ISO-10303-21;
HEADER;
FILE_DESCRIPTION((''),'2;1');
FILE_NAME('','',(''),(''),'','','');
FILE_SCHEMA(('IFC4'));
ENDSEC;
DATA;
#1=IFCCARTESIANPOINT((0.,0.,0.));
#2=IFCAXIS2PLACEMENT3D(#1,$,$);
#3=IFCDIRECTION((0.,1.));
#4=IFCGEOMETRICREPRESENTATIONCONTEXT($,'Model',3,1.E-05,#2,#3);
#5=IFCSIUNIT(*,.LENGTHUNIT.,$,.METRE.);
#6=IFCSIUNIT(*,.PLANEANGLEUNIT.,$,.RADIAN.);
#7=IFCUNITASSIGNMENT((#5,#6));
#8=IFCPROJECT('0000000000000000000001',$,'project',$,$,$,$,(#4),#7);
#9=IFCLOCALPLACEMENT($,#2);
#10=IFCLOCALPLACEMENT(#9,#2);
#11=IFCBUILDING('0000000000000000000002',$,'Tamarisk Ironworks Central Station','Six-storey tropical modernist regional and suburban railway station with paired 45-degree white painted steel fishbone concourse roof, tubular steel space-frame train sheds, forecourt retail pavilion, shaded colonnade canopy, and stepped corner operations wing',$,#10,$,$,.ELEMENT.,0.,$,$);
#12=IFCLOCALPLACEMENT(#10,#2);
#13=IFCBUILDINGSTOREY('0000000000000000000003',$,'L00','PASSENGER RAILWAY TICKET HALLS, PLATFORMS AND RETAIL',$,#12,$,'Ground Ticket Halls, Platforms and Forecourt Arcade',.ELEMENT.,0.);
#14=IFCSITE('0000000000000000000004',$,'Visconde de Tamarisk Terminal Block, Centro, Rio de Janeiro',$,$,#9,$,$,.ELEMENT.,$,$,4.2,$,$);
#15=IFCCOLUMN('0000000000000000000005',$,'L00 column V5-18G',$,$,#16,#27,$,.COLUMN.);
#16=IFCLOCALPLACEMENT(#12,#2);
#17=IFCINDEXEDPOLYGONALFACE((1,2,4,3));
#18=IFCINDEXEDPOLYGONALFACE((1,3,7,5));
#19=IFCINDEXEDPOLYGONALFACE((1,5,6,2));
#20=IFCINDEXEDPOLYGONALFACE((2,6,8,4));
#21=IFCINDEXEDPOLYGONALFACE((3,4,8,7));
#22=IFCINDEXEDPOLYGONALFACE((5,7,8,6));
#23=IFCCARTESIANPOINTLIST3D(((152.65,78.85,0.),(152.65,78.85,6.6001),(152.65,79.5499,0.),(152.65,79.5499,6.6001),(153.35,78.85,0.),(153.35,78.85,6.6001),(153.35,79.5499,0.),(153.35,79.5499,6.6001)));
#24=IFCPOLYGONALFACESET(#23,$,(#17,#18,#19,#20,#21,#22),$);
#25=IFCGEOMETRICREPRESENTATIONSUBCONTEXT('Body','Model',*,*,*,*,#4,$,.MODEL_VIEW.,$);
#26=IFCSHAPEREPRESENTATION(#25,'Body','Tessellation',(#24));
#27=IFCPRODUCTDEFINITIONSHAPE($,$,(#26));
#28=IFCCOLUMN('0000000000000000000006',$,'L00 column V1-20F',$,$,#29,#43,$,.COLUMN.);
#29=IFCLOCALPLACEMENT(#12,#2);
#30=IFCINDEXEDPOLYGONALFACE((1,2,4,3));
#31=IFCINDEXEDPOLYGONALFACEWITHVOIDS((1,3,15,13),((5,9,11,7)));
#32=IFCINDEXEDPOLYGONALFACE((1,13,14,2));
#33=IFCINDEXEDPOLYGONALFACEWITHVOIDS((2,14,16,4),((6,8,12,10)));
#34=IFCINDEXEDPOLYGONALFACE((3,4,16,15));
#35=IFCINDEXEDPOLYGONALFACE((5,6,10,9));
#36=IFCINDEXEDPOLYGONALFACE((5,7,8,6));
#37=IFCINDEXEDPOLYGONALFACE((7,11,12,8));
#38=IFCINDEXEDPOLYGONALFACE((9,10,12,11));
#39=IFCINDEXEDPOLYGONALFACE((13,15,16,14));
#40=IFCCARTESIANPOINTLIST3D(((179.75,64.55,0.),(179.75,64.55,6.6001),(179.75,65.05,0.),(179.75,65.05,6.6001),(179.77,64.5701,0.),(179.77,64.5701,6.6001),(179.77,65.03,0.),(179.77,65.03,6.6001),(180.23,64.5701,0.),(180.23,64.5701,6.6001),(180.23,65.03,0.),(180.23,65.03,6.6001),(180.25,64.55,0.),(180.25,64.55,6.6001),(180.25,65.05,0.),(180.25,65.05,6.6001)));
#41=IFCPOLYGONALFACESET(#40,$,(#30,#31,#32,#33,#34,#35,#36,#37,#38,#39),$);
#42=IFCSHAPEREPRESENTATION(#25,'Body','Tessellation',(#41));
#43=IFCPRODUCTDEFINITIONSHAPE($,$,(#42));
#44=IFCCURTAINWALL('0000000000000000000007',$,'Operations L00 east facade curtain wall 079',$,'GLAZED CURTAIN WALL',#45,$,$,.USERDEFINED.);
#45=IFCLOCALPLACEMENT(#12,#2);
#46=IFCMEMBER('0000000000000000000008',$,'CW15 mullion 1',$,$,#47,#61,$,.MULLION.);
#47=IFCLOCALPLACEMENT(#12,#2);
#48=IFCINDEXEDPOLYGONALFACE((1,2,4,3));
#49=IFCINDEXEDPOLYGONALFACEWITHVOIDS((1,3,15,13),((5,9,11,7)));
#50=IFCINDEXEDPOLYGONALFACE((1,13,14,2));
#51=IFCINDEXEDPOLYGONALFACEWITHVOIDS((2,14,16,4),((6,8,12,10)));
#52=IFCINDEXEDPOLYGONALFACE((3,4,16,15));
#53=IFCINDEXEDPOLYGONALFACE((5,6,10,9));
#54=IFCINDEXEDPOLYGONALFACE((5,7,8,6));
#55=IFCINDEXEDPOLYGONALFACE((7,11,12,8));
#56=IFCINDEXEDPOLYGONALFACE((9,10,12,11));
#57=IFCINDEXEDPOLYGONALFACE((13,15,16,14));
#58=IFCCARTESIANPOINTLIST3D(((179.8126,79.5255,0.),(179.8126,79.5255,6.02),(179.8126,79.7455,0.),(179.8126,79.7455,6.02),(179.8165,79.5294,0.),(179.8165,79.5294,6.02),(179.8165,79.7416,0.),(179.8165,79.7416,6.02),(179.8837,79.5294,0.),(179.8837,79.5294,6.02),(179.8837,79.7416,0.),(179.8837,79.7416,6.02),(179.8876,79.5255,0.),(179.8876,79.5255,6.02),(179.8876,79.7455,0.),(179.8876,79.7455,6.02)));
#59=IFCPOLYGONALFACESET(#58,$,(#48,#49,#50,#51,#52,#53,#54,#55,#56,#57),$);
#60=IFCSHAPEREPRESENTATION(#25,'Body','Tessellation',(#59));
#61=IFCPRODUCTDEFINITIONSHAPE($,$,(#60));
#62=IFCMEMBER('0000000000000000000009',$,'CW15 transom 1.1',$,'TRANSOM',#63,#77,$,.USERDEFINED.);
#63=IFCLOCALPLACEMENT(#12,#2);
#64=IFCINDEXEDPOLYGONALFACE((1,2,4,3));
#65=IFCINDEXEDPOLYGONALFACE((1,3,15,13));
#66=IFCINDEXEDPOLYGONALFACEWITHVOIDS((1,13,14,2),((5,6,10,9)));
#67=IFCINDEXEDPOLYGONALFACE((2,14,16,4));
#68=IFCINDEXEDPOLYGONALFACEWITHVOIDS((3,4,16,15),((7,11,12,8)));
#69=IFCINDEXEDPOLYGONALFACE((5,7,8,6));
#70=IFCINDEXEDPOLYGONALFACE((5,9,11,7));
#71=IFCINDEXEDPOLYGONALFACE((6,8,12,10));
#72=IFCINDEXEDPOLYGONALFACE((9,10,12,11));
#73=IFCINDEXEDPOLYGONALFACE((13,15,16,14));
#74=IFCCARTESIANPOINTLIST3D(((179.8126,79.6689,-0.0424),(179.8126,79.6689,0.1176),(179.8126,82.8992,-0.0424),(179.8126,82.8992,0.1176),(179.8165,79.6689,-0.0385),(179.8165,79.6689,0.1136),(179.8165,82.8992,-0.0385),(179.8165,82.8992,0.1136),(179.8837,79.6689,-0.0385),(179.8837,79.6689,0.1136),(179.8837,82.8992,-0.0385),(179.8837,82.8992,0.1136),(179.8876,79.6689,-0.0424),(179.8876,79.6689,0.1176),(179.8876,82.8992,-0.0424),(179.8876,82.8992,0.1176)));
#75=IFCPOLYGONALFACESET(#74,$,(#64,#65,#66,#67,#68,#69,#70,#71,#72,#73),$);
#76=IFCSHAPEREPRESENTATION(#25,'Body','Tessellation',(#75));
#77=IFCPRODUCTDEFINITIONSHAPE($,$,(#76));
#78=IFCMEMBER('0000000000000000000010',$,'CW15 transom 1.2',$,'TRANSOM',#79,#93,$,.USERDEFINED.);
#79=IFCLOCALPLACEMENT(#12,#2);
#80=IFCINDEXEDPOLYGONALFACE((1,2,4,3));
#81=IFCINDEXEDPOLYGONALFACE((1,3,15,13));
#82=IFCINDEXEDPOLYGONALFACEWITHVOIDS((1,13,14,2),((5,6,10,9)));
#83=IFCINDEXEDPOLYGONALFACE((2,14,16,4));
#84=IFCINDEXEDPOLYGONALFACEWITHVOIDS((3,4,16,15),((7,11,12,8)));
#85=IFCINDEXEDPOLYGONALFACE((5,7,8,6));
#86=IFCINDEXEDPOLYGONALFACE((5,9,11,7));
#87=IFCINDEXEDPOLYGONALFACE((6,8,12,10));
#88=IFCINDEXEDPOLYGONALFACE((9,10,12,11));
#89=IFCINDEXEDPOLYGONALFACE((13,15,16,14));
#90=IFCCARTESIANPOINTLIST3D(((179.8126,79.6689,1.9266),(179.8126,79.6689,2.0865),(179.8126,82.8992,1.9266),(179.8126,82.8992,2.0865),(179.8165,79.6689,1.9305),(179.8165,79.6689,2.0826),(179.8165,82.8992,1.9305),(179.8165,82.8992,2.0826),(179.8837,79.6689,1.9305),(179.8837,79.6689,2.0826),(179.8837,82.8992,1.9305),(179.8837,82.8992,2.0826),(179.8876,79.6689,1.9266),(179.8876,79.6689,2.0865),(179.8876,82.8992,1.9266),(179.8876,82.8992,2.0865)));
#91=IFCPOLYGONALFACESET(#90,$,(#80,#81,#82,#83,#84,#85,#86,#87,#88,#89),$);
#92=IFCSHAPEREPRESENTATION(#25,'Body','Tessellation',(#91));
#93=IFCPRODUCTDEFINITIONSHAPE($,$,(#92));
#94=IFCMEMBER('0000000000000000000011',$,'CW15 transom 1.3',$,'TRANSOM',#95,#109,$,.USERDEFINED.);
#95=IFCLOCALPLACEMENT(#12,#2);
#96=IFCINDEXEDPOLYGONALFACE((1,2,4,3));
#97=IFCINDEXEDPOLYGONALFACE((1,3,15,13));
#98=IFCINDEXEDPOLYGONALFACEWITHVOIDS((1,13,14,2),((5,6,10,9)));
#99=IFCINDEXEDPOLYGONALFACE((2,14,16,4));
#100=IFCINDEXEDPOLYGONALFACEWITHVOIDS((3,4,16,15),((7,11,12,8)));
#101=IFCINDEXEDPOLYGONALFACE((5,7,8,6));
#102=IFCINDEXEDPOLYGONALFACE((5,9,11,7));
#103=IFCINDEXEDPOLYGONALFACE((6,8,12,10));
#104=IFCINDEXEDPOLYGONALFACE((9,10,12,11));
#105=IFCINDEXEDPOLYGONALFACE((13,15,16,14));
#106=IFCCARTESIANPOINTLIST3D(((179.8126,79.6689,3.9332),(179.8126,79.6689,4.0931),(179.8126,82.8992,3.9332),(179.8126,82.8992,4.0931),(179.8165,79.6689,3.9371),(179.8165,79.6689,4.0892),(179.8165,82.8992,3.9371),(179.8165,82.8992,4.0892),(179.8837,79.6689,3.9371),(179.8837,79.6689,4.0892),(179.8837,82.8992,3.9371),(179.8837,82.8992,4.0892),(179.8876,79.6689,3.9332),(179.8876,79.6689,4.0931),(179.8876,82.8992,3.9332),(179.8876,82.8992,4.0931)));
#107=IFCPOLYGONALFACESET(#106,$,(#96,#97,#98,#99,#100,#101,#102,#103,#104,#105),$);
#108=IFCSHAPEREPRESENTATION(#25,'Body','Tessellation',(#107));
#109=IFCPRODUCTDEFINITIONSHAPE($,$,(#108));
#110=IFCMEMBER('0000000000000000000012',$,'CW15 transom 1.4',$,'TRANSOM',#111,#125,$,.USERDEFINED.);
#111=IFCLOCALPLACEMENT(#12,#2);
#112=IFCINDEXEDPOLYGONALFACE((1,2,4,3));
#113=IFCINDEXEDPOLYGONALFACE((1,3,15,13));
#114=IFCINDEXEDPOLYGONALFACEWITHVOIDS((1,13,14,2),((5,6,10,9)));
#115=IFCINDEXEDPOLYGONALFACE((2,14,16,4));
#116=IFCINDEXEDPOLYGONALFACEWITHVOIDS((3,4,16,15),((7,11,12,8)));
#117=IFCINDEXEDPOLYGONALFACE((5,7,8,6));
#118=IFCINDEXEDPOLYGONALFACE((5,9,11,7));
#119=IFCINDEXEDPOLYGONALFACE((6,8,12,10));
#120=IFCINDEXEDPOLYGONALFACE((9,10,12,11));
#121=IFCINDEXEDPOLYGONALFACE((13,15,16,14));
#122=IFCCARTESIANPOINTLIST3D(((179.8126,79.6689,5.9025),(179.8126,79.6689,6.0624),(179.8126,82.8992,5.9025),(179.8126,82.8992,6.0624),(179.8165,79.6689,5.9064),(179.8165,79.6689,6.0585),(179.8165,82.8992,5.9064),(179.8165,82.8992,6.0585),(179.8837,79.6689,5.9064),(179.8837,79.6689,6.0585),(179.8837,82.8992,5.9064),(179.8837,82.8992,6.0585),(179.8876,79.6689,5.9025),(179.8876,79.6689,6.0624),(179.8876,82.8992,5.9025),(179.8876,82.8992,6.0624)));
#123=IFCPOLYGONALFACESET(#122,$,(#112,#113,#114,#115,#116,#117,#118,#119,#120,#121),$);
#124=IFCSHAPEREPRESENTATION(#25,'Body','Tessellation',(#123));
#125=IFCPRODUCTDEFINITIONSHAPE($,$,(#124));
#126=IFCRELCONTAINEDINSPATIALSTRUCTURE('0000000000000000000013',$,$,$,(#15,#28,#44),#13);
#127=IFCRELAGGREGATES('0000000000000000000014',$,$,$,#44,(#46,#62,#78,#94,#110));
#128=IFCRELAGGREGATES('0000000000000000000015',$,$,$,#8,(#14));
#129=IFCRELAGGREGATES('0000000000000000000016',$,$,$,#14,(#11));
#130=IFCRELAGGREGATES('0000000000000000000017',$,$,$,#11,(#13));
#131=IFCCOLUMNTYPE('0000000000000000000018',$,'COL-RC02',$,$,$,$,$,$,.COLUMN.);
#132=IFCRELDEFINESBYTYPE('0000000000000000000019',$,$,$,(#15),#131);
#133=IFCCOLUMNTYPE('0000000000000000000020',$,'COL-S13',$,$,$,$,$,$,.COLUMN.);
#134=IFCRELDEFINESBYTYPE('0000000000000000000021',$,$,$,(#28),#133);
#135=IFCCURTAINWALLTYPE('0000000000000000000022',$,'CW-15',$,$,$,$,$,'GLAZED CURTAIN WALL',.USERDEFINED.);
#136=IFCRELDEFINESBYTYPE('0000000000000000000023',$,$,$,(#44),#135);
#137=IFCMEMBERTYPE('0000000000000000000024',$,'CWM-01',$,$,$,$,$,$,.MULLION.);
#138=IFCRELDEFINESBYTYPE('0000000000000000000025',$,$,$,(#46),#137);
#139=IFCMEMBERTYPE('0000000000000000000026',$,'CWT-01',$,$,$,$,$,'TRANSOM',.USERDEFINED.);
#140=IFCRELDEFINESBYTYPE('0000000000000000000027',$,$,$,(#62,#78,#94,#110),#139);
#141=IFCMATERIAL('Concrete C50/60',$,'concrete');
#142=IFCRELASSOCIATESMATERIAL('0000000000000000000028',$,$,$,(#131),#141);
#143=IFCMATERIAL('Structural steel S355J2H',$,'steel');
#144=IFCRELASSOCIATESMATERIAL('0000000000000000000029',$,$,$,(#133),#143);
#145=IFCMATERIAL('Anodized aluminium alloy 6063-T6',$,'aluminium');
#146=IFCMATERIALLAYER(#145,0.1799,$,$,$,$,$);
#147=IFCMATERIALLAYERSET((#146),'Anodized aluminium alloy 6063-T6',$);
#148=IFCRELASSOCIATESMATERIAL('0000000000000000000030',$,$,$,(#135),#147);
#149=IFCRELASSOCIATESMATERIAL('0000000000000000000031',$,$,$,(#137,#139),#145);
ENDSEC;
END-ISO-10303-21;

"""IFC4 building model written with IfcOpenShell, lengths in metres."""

from ifc_helpers import new_model, si_unit, direction, frame, origin, origin_2d, place, context, subcontext, project, spatial, rectangle, hollow_rectangle, extrude, material, layer, layer_set, material_profile, profile_set, type_object, element, aggregate, save


model = new_model("IFC4")

# Units and contexts
model_context = context("Model", 3, precision=1e-05, world=origin(), true_north=direction((0.0, 1.0)))
body_context = subcontext(model_context, "Body", "Model", "MODEL_VIEW")
ifc_project = project(units=[si_unit("LENGTHUNIT", "METRE"), si_unit("PLANEANGLEUNIT", "RADIAN")], contexts=[model_context])

# Site, building, storey
site_placement = place(None, origin())
site = spatial("IfcSite", under=ifc_project, at=site_placement, Name="Visconde de Tamarisk Terminal Block, Centro, Rio de Janeiro", CompositionType="ELEMENT", RefElevation=4.2)
building_placement = place(site_placement, origin())
building = spatial("IfcBuilding", under=site, at=building_placement, Name="Tamarisk Ironworks Central Station", Description="Six-storey tropical modernist regional and suburban railway station with paired 45-degree white painted steel fishbone concourse roof, tubular steel space-frame train sheds, forecourt retail pavilion, shaded colonnade canopy, and stepped corner operations wing", CompositionType="ELEMENT", ElevationOfRefHeight=0.0)
storey_placement = place(building_placement, origin())
storey = spatial("IfcBuildingStorey", under=building, at=storey_placement, Name="L00", Description="PASSENGER RAILWAY TICKET HALLS, PLATFORMS AND RETAIL", LongName="Ground Ticket Halls, Platforms and Forecourt Arcade", CompositionType="ELEMENT", Elevation=0.0)

# Columns
ifc_material_1 = material(Name="Concrete C50/60", Category="concrete")
ifc_material_profile_1 = material_profile(ifc_material_1, rectangle(XDim=0.7, YDim=0.7, at=origin_2d()), Name="RC 700x700")
ifc_profile_set_1 = profile_set([ifc_material_profile_1], Name="Concrete C50/60")
column_type_1 = type_object("IfcColumnType", Name="COL-RC02", PredefinedType="COLUMN", material=ifc_profile_set_1)
column_1_placement = place(storey_placement, frame((153.0, 79.2, 0.0), z_axis=(0.0, 0.0, 1.0), x_axis=(1.0, 0.0, 0.0)))
element("IfcColumn", 1, at=column_1_placement, inside=storey, type_object=column_type_1, Name="L00 column V5-18G", PredefinedType="COLUMN", context=body_context, shape_type="SweptSolid", body=[
    extrude(rectangle(XDim=0.7, YDim=0.7, at=origin_2d()), origin(), (0.0, 0.0, 1.0), 6.6001),
])
ifc_material_2 = material(Name="Structural steel S355J2H", Category="steel")
ifc_material_profile_2 = material_profile(ifc_material_2, hollow_rectangle(XDim=0.5, YDim=0.5, WallThickness=0.02, at=origin_2d()), Name="SHS 500x500x20")
ifc_profile_set_2 = profile_set([ifc_material_profile_2], Name="Structural steel S355J2H")
column_type_2 = type_object("IfcColumnType", Name="COL-S13", PredefinedType="COLUMN", material=ifc_profile_set_2)
column_2_placement = place(storey_placement, frame((180.0, 64.8, 0.0), z_axis=(0.0, 0.0, 1.0), x_axis=(1.0, 0.0, 0.0)))
element("IfcColumn", 2, at=column_2_placement, inside=storey, type_object=column_type_2, Name="L00 column V1-20F", PredefinedType="COLUMN", context=body_context, shape_type="SweptSolid", body=[
    extrude(hollow_rectangle(XDim=0.5, YDim=0.5, WallThickness=0.02, at=origin_2d()), origin(), (0.0, 0.0, 1.0), 6.6001),
])

# Curtain wall, members
ifc_material_3 = material(Name="Anodized aluminium alloy 6063-T6", Category="aluminium")
ifc_layer_1 = layer(ifc_material_3, 0.1799)
ifc_layer_set_1 = layer_set([ifc_layer_1], Name="Anodized aluminium alloy 6063-T6")
curtain_wall_type = type_object("IfcCurtainWallType", Name="CW-15", ElementType="GLAZED CURTAIN WALL", PredefinedType="USERDEFINED", material=ifc_layer_set_1)
curtain_wall_placement = place(storey_placement, origin())
curtain_wall = element("IfcCurtainWall", 3, at=curtain_wall_placement, inside=storey, type_object=curtain_wall_type, Name="Operations L00 east facade curtain wall 079", ObjectType="GLAZED CURTAIN WALL", PredefinedType="USERDEFINED")
ifc_material_profile_3 = material_profile(ifc_material_3, hollow_rectangle(XDim=0.075, YDim=0.22, WallThickness=0.0039, at=origin_2d()), Name="ALUM 220x75")
ifc_profile_set_3 = profile_set([ifc_material_profile_3], Name="Anodized aluminium alloy 6063-T6")
member_type_1 = type_object("IfcMemberType", Name="CWM-01", PredefinedType="MULLION", material=ifc_profile_set_3)
member_1_placement = place(storey_placement, frame((179.8501, 79.6355, 0.0), z_axis=(0.0, 0.0, 1.0), x_axis=(-1.0, 0.0, 0.0)))
member_1 = element("IfcMember", 4, at=member_1_placement, type_object=member_type_1, Name="CW15 mullion 1", PredefinedType="MULLION", context=body_context, shape_type="SweptSolid", body=[
    extrude(hollow_rectangle(XDim=0.075, YDim=0.22, WallThickness=0.0039, at=origin_2d()), origin(), (0.0, 0.0, 1.0), 6.02),
])
ifc_material_profile_4 = material_profile(ifc_material_3, hollow_rectangle(XDim=0.075, YDim=0.1599, WallThickness=0.0039, at=origin_2d()), Name="ALUM 160x75")
ifc_profile_set_4 = profile_set([ifc_material_profile_4], Name="Anodized aluminium alloy 6063-T6")
member_type_2 = type_object("IfcMemberType", Name="CWT-01", ElementType="TRANSOM", PredefinedType="USERDEFINED", material=ifc_profile_set_4)
member_2_placement = place(storey_placement, frame((179.8501, 79.6689, 0.0376), z_axis=(0.0, 1.0, 0.0), x_axis=(-1.0, 0.0, 0.0)))
member_2 = element("IfcMember", 5, at=member_2_placement, type_object=member_type_2, Name="CW15 transom 1.1", ObjectType="TRANSOM", PredefinedType="USERDEFINED", context=body_context, shape_type="SweptSolid", body=[
    extrude(hollow_rectangle(XDim=0.075, YDim=0.1599, WallThickness=0.0039, at=origin_2d()), origin(), (0.0, 0.0, 1.0), 3.2302),
])
member_3_placement = place(storey_placement, frame((179.8501, 79.6689, 2.0066), z_axis=(0.0, 1.0, 0.0), x_axis=(-1.0, 0.0, 0.0)))
member_3 = element("IfcMember", 6, at=member_3_placement, type_object=member_type_2, Name="CW15 transom 1.2", ObjectType="TRANSOM", PredefinedType="USERDEFINED", context=body_context, shape_type="SweptSolid", body=[
    extrude(hollow_rectangle(XDim=0.075, YDim=0.1599, WallThickness=0.0039, at=origin_2d()), origin(), (0.0, 0.0, 1.0), 3.2302),
])
member_4_placement = place(storey_placement, frame((179.8501, 79.6689, 4.0132), z_axis=(0.0, 1.0, 0.0), x_axis=(-1.0, 0.0, 0.0)))
member_4 = element("IfcMember", 7, at=member_4_placement, type_object=member_type_2, Name="CW15 transom 1.3", ObjectType="TRANSOM", PredefinedType="USERDEFINED", context=body_context, shape_type="SweptSolid", body=[
    extrude(hollow_rectangle(XDim=0.075, YDim=0.1599, WallThickness=0.0039, at=origin_2d()), origin(), (0.0, 0.0, 1.0), 3.2302),
])
member_5_placement = place(storey_placement, frame((179.8501, 79.6689, 5.9824), z_axis=(0.0, 1.0, 0.0), x_axis=(-1.0, 0.0, 0.0)))
member_5 = element("IfcMember", 8, at=member_5_placement, type_object=member_type_2, Name="CW15 transom 1.4", ObjectType="TRANSOM", PredefinedType="USERDEFINED", context=body_context, shape_type="SweptSolid", body=[
    extrude(hollow_rectangle(XDim=0.075, YDim=0.1599, WallThickness=0.0039, at=origin_2d()), origin(), (0.0, 0.0, 1.0), 3.2302),
])
aggregate(curtain_wall, [member_1, member_2, member_3, member_4, member_5])

save(model, "model.ifc")
